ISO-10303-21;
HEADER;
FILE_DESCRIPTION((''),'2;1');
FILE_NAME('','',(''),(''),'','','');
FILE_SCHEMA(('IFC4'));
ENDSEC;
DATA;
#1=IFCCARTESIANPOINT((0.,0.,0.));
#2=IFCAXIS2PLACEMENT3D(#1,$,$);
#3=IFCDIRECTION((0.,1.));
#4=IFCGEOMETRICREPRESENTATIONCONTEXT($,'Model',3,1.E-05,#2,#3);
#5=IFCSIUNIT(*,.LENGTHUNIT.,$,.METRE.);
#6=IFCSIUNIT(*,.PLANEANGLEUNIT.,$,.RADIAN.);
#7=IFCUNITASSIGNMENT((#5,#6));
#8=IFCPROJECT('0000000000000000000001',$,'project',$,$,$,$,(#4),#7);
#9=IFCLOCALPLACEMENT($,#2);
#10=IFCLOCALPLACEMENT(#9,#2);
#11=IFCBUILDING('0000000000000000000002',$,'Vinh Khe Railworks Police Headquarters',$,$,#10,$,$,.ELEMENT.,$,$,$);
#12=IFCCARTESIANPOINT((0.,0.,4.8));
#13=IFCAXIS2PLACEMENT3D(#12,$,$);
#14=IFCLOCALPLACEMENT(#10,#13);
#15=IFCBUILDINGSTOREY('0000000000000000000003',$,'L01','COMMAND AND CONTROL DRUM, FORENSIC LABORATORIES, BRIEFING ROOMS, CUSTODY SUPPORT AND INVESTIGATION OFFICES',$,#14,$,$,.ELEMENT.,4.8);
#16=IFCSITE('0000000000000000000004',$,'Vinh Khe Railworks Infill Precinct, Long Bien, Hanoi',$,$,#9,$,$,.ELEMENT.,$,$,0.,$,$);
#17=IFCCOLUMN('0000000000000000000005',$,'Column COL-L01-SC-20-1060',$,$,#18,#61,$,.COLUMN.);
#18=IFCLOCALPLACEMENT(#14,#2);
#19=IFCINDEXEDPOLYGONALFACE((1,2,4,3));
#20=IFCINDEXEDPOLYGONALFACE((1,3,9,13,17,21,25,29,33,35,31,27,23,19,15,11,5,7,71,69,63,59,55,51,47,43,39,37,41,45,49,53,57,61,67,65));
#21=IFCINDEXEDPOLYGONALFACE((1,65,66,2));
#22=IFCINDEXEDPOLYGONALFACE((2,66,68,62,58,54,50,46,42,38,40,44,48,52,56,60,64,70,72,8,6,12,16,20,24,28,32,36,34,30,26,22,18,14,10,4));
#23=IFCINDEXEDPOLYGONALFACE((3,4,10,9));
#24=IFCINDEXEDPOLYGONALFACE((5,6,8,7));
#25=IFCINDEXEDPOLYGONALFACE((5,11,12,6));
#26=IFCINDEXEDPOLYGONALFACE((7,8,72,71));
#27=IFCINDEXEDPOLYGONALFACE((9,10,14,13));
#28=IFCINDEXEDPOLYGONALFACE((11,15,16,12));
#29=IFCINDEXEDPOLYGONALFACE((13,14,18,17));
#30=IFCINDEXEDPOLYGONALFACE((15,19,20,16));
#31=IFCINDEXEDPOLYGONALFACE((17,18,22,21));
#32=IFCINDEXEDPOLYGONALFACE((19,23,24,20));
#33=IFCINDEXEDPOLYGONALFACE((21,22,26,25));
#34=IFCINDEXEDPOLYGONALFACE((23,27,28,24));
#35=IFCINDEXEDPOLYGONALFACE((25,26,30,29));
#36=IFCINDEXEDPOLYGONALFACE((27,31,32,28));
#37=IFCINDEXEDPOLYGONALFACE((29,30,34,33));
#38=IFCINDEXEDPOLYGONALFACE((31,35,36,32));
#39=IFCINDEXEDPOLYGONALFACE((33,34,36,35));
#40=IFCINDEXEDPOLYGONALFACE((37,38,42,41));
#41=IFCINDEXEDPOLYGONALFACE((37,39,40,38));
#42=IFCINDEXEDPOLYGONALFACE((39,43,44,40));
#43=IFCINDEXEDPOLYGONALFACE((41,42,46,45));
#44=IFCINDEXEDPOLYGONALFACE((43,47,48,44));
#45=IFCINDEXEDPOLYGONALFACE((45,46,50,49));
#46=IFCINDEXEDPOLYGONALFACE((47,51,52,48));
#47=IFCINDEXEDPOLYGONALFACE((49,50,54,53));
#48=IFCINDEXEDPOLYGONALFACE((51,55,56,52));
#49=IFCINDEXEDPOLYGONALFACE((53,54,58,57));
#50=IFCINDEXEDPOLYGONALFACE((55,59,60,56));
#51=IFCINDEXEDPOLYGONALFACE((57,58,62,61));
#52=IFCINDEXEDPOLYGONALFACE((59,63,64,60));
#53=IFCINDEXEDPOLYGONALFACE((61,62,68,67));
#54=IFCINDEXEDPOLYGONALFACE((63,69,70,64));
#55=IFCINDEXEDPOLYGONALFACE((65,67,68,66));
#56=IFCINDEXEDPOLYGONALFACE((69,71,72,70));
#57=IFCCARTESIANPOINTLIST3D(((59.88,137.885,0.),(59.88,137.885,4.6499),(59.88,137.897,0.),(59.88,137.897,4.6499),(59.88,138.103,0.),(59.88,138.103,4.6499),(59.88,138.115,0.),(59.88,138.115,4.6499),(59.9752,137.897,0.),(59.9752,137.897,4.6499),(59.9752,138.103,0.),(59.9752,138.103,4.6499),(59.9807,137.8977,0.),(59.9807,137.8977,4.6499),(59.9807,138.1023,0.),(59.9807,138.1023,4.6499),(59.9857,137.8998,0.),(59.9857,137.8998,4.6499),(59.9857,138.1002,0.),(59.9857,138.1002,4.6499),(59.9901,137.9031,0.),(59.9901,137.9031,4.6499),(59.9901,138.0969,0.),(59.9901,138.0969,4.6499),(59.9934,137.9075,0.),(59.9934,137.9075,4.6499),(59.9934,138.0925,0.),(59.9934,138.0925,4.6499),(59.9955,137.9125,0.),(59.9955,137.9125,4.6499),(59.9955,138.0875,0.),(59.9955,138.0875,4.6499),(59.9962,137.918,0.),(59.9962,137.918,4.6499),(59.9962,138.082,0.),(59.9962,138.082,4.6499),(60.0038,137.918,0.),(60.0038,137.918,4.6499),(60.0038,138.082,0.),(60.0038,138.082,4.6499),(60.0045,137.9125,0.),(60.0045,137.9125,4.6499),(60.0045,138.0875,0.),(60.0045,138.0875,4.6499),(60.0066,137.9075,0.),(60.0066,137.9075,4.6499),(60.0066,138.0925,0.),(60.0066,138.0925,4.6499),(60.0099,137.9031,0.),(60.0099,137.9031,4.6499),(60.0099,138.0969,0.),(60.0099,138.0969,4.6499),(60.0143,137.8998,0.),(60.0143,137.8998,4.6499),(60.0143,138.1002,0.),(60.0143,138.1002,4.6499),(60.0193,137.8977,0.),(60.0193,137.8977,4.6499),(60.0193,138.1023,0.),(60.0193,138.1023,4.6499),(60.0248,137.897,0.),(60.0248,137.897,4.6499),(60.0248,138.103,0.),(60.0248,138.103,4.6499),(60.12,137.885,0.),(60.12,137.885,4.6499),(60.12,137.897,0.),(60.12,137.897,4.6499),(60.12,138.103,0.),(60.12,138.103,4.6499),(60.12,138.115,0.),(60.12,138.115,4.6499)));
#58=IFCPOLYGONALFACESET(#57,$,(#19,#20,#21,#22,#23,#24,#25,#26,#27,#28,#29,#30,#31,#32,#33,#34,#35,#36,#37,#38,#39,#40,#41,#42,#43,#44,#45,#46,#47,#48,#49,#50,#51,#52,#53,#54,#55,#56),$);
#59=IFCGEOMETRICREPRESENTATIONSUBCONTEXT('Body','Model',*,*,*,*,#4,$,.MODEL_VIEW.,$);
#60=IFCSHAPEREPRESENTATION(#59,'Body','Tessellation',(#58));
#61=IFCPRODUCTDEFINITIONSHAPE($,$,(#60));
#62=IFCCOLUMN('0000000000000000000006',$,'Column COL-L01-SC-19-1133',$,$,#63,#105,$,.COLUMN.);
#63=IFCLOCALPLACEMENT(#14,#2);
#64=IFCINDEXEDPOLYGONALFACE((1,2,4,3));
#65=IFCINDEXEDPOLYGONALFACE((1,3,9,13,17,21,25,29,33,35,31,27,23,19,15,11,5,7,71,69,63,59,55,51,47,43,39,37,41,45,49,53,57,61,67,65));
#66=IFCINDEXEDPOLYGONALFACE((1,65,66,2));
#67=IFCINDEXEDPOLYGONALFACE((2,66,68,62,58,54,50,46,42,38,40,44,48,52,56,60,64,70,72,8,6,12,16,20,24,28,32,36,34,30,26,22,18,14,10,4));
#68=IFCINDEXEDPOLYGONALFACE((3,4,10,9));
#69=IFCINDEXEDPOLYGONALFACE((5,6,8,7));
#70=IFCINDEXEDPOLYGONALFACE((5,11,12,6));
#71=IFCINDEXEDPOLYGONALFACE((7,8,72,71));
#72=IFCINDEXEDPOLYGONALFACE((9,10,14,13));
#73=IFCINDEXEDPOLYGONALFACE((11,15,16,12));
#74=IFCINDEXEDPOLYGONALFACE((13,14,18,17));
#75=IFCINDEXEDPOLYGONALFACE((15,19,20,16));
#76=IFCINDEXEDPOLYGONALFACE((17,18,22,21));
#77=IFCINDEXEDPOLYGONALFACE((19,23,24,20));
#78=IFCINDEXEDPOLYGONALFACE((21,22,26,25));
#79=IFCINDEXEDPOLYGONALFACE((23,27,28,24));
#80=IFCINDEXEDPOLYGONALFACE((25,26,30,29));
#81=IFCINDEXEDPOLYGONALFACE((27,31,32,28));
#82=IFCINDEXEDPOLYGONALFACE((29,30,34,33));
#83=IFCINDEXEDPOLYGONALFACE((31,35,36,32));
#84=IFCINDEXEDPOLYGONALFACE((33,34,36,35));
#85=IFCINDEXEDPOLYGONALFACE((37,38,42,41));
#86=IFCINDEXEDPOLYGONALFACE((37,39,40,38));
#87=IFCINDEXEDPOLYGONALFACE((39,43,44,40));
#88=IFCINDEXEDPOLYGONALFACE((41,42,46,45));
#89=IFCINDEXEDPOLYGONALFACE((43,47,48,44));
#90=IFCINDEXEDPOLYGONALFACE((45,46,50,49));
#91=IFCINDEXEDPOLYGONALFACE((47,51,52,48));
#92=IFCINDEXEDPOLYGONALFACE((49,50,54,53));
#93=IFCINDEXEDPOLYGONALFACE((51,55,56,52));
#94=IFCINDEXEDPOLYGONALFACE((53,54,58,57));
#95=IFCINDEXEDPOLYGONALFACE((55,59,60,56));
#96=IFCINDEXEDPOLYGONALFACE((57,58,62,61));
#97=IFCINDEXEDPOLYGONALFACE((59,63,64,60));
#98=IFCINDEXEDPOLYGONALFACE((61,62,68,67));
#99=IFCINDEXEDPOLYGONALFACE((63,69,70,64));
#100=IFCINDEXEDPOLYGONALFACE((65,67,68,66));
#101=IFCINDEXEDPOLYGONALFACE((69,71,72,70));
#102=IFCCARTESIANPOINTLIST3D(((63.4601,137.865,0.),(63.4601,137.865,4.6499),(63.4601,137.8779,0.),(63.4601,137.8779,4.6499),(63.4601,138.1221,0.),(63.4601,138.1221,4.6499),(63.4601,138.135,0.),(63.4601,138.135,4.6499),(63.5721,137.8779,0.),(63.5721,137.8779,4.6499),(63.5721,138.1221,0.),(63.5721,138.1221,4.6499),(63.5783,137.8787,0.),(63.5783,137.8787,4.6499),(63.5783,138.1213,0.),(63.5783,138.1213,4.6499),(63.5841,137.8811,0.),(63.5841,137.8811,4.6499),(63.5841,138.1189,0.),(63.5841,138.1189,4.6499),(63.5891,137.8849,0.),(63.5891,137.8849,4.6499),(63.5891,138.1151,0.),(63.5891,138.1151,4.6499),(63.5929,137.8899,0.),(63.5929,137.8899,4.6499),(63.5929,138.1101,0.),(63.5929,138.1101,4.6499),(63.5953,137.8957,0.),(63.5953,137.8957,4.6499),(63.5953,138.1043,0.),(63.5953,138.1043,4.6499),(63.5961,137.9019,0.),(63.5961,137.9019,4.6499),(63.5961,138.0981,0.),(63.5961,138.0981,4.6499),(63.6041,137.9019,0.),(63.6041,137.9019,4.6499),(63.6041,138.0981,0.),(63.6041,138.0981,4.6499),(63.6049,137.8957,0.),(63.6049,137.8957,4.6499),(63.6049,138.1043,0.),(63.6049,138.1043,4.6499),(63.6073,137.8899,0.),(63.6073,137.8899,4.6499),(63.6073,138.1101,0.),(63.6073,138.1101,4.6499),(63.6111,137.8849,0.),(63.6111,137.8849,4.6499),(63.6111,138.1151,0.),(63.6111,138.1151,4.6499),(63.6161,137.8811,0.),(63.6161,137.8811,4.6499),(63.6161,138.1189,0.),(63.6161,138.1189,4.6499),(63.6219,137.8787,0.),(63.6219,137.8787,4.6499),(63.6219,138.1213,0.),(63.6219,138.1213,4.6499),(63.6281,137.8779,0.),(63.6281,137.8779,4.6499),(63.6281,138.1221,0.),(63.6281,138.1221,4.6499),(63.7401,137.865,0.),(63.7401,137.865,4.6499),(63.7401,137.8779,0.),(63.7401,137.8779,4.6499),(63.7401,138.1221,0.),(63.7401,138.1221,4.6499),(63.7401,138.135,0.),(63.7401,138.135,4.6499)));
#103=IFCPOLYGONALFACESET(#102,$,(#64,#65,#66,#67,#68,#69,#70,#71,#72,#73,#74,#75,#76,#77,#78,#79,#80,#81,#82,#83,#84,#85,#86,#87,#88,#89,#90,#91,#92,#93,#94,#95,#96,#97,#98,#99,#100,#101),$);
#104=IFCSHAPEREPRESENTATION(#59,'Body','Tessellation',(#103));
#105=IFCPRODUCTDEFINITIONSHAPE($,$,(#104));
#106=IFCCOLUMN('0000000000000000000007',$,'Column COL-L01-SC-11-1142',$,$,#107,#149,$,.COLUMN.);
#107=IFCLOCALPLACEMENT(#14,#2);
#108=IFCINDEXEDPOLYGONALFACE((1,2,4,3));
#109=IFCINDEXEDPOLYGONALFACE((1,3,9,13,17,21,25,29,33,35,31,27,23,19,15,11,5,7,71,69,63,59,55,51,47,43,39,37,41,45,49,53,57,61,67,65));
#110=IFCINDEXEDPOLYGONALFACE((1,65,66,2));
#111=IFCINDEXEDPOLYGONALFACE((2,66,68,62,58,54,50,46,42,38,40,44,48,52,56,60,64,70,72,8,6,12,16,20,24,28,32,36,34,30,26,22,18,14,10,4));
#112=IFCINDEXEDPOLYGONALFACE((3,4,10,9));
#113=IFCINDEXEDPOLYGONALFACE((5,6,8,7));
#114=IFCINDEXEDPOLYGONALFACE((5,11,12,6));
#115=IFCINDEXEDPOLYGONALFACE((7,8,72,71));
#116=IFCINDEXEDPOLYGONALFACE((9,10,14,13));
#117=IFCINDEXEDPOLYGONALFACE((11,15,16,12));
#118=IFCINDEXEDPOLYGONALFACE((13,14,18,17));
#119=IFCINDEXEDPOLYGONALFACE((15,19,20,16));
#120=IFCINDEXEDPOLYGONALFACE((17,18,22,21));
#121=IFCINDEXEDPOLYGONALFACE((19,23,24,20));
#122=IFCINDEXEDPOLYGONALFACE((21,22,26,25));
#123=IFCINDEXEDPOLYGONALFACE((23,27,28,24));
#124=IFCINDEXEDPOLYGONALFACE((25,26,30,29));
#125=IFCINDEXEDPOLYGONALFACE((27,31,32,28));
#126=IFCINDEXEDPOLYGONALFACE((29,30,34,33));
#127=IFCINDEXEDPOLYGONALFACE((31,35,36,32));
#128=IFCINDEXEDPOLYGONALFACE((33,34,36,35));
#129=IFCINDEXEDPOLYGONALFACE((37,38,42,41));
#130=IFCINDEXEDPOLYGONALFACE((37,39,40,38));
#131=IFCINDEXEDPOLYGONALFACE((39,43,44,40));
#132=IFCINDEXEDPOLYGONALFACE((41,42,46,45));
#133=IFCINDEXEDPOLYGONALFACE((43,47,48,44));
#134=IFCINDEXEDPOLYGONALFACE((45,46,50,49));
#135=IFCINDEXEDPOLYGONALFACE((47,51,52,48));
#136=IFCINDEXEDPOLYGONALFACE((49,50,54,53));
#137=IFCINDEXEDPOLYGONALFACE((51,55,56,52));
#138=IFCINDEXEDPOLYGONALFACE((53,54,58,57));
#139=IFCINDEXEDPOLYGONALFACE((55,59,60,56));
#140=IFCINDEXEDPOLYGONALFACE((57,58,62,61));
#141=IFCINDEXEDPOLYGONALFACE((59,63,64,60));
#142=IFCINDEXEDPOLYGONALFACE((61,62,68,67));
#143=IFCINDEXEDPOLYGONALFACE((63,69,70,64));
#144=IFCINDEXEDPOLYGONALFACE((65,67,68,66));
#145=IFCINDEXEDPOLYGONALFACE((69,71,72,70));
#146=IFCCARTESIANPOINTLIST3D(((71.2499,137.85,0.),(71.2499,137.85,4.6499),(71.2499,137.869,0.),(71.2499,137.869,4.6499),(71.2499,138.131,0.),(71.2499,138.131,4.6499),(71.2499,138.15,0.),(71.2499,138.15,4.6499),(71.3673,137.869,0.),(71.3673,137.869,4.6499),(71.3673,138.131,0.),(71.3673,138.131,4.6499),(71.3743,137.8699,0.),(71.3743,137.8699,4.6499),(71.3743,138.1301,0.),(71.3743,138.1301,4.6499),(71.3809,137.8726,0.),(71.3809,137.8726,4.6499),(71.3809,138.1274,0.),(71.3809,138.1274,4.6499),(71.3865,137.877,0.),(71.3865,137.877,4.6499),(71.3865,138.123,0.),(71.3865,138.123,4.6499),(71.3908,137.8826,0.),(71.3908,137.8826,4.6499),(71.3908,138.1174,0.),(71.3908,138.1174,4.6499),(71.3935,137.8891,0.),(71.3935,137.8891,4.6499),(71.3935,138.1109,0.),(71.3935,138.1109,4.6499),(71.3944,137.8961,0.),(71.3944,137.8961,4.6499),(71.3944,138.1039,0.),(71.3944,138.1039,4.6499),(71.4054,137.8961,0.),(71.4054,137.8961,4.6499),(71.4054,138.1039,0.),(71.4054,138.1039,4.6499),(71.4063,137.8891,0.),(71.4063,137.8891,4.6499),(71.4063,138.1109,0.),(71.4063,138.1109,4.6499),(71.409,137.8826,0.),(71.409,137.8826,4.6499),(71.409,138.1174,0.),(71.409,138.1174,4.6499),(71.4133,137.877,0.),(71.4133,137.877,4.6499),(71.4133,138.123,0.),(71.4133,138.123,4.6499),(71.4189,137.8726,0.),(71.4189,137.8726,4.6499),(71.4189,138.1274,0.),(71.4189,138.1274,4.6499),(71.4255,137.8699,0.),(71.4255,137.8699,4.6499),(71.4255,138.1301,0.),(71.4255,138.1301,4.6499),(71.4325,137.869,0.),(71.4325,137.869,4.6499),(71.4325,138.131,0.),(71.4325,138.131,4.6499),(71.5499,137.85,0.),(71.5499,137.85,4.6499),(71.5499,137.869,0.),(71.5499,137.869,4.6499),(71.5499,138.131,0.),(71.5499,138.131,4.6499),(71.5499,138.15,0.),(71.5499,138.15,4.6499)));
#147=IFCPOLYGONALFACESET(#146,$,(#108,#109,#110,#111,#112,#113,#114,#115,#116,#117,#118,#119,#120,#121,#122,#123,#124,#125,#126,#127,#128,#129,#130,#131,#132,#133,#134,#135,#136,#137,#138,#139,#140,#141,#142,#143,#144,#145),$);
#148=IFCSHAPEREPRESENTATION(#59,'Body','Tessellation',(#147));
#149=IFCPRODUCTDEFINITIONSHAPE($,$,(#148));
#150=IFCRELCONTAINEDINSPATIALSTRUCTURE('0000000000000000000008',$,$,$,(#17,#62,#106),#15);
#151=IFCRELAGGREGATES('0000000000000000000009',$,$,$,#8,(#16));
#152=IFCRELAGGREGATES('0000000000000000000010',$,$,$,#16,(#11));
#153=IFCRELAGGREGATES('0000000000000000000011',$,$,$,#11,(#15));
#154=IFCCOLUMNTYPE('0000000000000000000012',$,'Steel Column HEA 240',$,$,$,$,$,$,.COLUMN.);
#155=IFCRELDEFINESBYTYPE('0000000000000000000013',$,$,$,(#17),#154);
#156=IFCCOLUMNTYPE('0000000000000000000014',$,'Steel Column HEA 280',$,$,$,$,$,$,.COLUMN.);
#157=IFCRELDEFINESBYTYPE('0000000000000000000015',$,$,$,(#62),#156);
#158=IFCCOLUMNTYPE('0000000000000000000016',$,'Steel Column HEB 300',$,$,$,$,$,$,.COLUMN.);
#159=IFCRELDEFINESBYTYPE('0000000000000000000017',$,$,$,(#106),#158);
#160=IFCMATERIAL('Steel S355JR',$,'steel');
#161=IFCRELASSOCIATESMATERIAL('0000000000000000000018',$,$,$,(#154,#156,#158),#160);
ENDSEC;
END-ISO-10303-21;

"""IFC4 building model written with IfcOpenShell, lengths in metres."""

from ifc_helpers import new_model, si_unit, direction, frame, origin, origin_2d, place, context, subcontext, project, spatial, i_section, extrude, material, material_profile, profile_set, type_object, element, save


model = new_model("IFC4")

# Units and contexts
model_context = context("Model", 3, precision=1e-05, world=origin(), true_north=direction((0.0, 1.0)))
body_context = subcontext(model_context, "Body", "Model", "MODEL_VIEW")
ifc_project = project(units=[si_unit("LENGTHUNIT", "METRE"), si_unit("PLANEANGLEUNIT", "RADIAN")], contexts=[model_context])

# Site, building, storey
site_placement = place(None, origin())
site = spatial("IfcSite", under=ifc_project, at=site_placement, Name="Vinh Khe Railworks Infill Precinct, Long Bien, Hanoi", CompositionType="ELEMENT", RefElevation=0.0)
building_placement = place(site_placement, origin())
building = spatial("IfcBuilding", under=site, at=building_placement, Name="Vinh Khe Railworks Police Headquarters", CompositionType="ELEMENT")
storey_placement = place(building_placement, frame((0.0, 0.0, 4.8)))
storey = spatial("IfcBuildingStorey", under=building, at=storey_placement, Name="L01", Description="COMMAND AND CONTROL DRUM, FORENSIC LABORATORIES, BRIEFING ROOMS, CUSTODY SUPPORT AND INVESTIGATION OFFICES", CompositionType="ELEMENT", Elevation=4.8)

# Columns
ifc_material_1 = material(Name="Steel S355JR", Category="steel")
ifc_material_profile_1 = material_profile(ifc_material_1, i_section(OverallWidth=0.24, OverallDepth=0.23, WebThickness=0.0076, FlangeThickness=0.012, FilletRadius=0.021, at=origin_2d()), Name="HEA 240")
ifc_profile_set_1 = profile_set([ifc_material_profile_1], Name="Steel S355JR")
column_type_1 = type_object("IfcColumnType", Name="Steel Column HEA 240", PredefinedType="COLUMN", material=ifc_profile_set_1)
column_1_placement = place(storey_placement, frame((60.0, 138.0, 0.0), z_axis=(0.0, 0.0, 1.0), x_axis=(1.0, 0.0, 0.0)))
element("IfcColumn", 1, at=column_1_placement, inside=storey, type_object=column_type_1, Name="Column COL-L01-SC-20-1060", PredefinedType="COLUMN", context=body_context, shape_type="SweptSolid", body=[
    extrude(i_section(OverallWidth=0.24, OverallDepth=0.23, WebThickness=0.0076, FlangeThickness=0.012, FilletRadius=0.021, at=origin_2d()), origin(), (0.0, 0.0, 1.0), 4.6499),
])
ifc_material_profile_2 = material_profile(ifc_material_1, i_section(OverallWidth=0.28, OverallDepth=0.27, WebThickness=0.0081, FlangeThickness=0.0129, FilletRadius=0.0239, at=origin_2d()), Name="HEA 280")
ifc_profile_set_2 = profile_set([ifc_material_profile_2], Name="Steel S355JR")
column_type_2 = type_object("IfcColumnType", Name="Steel Column HEA 280", PredefinedType="COLUMN", material=ifc_profile_set_2)
column_2_placement = place(storey_placement, frame((63.6001, 138.0, 0.0), z_axis=(0.0, 0.0, 1.0), x_axis=(1.0, 0.0, 0.0)))
element("IfcColumn", 2, at=column_2_placement, inside=storey, type_object=column_type_2, Name="Column COL-L01-SC-19-1133", PredefinedType="COLUMN", context=body_context, shape_type="SweptSolid", body=[
    extrude(i_section(OverallWidth=0.28, OverallDepth=0.27, WebThickness=0.0081, FlangeThickness=0.0129, FilletRadius=0.0239, at=origin_2d()), origin(), (0.0, 0.0, 1.0), 4.6499),
])
ifc_material_profile_3 = material_profile(ifc_material_1, i_section(OverallWidth=0.3, OverallDepth=0.3, WebThickness=0.011, FlangeThickness=0.019, FilletRadius=0.0271, at=origin_2d()), Name="HEB 300")
ifc_profile_set_3 = profile_set([ifc_material_profile_3], Name="Steel S355JR")
column_type_3 = type_object("IfcColumnType", Name="Steel Column HEB 300", PredefinedType="COLUMN", material=ifc_profile_set_3)
column_3_placement = place(storey_placement, frame((71.3999, 138.0, 0.0), z_axis=(0.0, 0.0, 1.0), x_axis=(1.0, 0.0, 0.0)))
element("IfcColumn", 3, at=column_3_placement, inside=storey, type_object=column_type_3, Name="Column COL-L01-SC-11-1142", PredefinedType="COLUMN", context=body_context, shape_type="SweptSolid", body=[
    extrude(i_section(OverallWidth=0.3, OverallDepth=0.3, WebThickness=0.011, FlangeThickness=0.019, FilletRadius=0.0271, at=origin_2d()), origin(), (0.0, 0.0, 1.0), 4.6499),
])

save(model, "model.ifc")
